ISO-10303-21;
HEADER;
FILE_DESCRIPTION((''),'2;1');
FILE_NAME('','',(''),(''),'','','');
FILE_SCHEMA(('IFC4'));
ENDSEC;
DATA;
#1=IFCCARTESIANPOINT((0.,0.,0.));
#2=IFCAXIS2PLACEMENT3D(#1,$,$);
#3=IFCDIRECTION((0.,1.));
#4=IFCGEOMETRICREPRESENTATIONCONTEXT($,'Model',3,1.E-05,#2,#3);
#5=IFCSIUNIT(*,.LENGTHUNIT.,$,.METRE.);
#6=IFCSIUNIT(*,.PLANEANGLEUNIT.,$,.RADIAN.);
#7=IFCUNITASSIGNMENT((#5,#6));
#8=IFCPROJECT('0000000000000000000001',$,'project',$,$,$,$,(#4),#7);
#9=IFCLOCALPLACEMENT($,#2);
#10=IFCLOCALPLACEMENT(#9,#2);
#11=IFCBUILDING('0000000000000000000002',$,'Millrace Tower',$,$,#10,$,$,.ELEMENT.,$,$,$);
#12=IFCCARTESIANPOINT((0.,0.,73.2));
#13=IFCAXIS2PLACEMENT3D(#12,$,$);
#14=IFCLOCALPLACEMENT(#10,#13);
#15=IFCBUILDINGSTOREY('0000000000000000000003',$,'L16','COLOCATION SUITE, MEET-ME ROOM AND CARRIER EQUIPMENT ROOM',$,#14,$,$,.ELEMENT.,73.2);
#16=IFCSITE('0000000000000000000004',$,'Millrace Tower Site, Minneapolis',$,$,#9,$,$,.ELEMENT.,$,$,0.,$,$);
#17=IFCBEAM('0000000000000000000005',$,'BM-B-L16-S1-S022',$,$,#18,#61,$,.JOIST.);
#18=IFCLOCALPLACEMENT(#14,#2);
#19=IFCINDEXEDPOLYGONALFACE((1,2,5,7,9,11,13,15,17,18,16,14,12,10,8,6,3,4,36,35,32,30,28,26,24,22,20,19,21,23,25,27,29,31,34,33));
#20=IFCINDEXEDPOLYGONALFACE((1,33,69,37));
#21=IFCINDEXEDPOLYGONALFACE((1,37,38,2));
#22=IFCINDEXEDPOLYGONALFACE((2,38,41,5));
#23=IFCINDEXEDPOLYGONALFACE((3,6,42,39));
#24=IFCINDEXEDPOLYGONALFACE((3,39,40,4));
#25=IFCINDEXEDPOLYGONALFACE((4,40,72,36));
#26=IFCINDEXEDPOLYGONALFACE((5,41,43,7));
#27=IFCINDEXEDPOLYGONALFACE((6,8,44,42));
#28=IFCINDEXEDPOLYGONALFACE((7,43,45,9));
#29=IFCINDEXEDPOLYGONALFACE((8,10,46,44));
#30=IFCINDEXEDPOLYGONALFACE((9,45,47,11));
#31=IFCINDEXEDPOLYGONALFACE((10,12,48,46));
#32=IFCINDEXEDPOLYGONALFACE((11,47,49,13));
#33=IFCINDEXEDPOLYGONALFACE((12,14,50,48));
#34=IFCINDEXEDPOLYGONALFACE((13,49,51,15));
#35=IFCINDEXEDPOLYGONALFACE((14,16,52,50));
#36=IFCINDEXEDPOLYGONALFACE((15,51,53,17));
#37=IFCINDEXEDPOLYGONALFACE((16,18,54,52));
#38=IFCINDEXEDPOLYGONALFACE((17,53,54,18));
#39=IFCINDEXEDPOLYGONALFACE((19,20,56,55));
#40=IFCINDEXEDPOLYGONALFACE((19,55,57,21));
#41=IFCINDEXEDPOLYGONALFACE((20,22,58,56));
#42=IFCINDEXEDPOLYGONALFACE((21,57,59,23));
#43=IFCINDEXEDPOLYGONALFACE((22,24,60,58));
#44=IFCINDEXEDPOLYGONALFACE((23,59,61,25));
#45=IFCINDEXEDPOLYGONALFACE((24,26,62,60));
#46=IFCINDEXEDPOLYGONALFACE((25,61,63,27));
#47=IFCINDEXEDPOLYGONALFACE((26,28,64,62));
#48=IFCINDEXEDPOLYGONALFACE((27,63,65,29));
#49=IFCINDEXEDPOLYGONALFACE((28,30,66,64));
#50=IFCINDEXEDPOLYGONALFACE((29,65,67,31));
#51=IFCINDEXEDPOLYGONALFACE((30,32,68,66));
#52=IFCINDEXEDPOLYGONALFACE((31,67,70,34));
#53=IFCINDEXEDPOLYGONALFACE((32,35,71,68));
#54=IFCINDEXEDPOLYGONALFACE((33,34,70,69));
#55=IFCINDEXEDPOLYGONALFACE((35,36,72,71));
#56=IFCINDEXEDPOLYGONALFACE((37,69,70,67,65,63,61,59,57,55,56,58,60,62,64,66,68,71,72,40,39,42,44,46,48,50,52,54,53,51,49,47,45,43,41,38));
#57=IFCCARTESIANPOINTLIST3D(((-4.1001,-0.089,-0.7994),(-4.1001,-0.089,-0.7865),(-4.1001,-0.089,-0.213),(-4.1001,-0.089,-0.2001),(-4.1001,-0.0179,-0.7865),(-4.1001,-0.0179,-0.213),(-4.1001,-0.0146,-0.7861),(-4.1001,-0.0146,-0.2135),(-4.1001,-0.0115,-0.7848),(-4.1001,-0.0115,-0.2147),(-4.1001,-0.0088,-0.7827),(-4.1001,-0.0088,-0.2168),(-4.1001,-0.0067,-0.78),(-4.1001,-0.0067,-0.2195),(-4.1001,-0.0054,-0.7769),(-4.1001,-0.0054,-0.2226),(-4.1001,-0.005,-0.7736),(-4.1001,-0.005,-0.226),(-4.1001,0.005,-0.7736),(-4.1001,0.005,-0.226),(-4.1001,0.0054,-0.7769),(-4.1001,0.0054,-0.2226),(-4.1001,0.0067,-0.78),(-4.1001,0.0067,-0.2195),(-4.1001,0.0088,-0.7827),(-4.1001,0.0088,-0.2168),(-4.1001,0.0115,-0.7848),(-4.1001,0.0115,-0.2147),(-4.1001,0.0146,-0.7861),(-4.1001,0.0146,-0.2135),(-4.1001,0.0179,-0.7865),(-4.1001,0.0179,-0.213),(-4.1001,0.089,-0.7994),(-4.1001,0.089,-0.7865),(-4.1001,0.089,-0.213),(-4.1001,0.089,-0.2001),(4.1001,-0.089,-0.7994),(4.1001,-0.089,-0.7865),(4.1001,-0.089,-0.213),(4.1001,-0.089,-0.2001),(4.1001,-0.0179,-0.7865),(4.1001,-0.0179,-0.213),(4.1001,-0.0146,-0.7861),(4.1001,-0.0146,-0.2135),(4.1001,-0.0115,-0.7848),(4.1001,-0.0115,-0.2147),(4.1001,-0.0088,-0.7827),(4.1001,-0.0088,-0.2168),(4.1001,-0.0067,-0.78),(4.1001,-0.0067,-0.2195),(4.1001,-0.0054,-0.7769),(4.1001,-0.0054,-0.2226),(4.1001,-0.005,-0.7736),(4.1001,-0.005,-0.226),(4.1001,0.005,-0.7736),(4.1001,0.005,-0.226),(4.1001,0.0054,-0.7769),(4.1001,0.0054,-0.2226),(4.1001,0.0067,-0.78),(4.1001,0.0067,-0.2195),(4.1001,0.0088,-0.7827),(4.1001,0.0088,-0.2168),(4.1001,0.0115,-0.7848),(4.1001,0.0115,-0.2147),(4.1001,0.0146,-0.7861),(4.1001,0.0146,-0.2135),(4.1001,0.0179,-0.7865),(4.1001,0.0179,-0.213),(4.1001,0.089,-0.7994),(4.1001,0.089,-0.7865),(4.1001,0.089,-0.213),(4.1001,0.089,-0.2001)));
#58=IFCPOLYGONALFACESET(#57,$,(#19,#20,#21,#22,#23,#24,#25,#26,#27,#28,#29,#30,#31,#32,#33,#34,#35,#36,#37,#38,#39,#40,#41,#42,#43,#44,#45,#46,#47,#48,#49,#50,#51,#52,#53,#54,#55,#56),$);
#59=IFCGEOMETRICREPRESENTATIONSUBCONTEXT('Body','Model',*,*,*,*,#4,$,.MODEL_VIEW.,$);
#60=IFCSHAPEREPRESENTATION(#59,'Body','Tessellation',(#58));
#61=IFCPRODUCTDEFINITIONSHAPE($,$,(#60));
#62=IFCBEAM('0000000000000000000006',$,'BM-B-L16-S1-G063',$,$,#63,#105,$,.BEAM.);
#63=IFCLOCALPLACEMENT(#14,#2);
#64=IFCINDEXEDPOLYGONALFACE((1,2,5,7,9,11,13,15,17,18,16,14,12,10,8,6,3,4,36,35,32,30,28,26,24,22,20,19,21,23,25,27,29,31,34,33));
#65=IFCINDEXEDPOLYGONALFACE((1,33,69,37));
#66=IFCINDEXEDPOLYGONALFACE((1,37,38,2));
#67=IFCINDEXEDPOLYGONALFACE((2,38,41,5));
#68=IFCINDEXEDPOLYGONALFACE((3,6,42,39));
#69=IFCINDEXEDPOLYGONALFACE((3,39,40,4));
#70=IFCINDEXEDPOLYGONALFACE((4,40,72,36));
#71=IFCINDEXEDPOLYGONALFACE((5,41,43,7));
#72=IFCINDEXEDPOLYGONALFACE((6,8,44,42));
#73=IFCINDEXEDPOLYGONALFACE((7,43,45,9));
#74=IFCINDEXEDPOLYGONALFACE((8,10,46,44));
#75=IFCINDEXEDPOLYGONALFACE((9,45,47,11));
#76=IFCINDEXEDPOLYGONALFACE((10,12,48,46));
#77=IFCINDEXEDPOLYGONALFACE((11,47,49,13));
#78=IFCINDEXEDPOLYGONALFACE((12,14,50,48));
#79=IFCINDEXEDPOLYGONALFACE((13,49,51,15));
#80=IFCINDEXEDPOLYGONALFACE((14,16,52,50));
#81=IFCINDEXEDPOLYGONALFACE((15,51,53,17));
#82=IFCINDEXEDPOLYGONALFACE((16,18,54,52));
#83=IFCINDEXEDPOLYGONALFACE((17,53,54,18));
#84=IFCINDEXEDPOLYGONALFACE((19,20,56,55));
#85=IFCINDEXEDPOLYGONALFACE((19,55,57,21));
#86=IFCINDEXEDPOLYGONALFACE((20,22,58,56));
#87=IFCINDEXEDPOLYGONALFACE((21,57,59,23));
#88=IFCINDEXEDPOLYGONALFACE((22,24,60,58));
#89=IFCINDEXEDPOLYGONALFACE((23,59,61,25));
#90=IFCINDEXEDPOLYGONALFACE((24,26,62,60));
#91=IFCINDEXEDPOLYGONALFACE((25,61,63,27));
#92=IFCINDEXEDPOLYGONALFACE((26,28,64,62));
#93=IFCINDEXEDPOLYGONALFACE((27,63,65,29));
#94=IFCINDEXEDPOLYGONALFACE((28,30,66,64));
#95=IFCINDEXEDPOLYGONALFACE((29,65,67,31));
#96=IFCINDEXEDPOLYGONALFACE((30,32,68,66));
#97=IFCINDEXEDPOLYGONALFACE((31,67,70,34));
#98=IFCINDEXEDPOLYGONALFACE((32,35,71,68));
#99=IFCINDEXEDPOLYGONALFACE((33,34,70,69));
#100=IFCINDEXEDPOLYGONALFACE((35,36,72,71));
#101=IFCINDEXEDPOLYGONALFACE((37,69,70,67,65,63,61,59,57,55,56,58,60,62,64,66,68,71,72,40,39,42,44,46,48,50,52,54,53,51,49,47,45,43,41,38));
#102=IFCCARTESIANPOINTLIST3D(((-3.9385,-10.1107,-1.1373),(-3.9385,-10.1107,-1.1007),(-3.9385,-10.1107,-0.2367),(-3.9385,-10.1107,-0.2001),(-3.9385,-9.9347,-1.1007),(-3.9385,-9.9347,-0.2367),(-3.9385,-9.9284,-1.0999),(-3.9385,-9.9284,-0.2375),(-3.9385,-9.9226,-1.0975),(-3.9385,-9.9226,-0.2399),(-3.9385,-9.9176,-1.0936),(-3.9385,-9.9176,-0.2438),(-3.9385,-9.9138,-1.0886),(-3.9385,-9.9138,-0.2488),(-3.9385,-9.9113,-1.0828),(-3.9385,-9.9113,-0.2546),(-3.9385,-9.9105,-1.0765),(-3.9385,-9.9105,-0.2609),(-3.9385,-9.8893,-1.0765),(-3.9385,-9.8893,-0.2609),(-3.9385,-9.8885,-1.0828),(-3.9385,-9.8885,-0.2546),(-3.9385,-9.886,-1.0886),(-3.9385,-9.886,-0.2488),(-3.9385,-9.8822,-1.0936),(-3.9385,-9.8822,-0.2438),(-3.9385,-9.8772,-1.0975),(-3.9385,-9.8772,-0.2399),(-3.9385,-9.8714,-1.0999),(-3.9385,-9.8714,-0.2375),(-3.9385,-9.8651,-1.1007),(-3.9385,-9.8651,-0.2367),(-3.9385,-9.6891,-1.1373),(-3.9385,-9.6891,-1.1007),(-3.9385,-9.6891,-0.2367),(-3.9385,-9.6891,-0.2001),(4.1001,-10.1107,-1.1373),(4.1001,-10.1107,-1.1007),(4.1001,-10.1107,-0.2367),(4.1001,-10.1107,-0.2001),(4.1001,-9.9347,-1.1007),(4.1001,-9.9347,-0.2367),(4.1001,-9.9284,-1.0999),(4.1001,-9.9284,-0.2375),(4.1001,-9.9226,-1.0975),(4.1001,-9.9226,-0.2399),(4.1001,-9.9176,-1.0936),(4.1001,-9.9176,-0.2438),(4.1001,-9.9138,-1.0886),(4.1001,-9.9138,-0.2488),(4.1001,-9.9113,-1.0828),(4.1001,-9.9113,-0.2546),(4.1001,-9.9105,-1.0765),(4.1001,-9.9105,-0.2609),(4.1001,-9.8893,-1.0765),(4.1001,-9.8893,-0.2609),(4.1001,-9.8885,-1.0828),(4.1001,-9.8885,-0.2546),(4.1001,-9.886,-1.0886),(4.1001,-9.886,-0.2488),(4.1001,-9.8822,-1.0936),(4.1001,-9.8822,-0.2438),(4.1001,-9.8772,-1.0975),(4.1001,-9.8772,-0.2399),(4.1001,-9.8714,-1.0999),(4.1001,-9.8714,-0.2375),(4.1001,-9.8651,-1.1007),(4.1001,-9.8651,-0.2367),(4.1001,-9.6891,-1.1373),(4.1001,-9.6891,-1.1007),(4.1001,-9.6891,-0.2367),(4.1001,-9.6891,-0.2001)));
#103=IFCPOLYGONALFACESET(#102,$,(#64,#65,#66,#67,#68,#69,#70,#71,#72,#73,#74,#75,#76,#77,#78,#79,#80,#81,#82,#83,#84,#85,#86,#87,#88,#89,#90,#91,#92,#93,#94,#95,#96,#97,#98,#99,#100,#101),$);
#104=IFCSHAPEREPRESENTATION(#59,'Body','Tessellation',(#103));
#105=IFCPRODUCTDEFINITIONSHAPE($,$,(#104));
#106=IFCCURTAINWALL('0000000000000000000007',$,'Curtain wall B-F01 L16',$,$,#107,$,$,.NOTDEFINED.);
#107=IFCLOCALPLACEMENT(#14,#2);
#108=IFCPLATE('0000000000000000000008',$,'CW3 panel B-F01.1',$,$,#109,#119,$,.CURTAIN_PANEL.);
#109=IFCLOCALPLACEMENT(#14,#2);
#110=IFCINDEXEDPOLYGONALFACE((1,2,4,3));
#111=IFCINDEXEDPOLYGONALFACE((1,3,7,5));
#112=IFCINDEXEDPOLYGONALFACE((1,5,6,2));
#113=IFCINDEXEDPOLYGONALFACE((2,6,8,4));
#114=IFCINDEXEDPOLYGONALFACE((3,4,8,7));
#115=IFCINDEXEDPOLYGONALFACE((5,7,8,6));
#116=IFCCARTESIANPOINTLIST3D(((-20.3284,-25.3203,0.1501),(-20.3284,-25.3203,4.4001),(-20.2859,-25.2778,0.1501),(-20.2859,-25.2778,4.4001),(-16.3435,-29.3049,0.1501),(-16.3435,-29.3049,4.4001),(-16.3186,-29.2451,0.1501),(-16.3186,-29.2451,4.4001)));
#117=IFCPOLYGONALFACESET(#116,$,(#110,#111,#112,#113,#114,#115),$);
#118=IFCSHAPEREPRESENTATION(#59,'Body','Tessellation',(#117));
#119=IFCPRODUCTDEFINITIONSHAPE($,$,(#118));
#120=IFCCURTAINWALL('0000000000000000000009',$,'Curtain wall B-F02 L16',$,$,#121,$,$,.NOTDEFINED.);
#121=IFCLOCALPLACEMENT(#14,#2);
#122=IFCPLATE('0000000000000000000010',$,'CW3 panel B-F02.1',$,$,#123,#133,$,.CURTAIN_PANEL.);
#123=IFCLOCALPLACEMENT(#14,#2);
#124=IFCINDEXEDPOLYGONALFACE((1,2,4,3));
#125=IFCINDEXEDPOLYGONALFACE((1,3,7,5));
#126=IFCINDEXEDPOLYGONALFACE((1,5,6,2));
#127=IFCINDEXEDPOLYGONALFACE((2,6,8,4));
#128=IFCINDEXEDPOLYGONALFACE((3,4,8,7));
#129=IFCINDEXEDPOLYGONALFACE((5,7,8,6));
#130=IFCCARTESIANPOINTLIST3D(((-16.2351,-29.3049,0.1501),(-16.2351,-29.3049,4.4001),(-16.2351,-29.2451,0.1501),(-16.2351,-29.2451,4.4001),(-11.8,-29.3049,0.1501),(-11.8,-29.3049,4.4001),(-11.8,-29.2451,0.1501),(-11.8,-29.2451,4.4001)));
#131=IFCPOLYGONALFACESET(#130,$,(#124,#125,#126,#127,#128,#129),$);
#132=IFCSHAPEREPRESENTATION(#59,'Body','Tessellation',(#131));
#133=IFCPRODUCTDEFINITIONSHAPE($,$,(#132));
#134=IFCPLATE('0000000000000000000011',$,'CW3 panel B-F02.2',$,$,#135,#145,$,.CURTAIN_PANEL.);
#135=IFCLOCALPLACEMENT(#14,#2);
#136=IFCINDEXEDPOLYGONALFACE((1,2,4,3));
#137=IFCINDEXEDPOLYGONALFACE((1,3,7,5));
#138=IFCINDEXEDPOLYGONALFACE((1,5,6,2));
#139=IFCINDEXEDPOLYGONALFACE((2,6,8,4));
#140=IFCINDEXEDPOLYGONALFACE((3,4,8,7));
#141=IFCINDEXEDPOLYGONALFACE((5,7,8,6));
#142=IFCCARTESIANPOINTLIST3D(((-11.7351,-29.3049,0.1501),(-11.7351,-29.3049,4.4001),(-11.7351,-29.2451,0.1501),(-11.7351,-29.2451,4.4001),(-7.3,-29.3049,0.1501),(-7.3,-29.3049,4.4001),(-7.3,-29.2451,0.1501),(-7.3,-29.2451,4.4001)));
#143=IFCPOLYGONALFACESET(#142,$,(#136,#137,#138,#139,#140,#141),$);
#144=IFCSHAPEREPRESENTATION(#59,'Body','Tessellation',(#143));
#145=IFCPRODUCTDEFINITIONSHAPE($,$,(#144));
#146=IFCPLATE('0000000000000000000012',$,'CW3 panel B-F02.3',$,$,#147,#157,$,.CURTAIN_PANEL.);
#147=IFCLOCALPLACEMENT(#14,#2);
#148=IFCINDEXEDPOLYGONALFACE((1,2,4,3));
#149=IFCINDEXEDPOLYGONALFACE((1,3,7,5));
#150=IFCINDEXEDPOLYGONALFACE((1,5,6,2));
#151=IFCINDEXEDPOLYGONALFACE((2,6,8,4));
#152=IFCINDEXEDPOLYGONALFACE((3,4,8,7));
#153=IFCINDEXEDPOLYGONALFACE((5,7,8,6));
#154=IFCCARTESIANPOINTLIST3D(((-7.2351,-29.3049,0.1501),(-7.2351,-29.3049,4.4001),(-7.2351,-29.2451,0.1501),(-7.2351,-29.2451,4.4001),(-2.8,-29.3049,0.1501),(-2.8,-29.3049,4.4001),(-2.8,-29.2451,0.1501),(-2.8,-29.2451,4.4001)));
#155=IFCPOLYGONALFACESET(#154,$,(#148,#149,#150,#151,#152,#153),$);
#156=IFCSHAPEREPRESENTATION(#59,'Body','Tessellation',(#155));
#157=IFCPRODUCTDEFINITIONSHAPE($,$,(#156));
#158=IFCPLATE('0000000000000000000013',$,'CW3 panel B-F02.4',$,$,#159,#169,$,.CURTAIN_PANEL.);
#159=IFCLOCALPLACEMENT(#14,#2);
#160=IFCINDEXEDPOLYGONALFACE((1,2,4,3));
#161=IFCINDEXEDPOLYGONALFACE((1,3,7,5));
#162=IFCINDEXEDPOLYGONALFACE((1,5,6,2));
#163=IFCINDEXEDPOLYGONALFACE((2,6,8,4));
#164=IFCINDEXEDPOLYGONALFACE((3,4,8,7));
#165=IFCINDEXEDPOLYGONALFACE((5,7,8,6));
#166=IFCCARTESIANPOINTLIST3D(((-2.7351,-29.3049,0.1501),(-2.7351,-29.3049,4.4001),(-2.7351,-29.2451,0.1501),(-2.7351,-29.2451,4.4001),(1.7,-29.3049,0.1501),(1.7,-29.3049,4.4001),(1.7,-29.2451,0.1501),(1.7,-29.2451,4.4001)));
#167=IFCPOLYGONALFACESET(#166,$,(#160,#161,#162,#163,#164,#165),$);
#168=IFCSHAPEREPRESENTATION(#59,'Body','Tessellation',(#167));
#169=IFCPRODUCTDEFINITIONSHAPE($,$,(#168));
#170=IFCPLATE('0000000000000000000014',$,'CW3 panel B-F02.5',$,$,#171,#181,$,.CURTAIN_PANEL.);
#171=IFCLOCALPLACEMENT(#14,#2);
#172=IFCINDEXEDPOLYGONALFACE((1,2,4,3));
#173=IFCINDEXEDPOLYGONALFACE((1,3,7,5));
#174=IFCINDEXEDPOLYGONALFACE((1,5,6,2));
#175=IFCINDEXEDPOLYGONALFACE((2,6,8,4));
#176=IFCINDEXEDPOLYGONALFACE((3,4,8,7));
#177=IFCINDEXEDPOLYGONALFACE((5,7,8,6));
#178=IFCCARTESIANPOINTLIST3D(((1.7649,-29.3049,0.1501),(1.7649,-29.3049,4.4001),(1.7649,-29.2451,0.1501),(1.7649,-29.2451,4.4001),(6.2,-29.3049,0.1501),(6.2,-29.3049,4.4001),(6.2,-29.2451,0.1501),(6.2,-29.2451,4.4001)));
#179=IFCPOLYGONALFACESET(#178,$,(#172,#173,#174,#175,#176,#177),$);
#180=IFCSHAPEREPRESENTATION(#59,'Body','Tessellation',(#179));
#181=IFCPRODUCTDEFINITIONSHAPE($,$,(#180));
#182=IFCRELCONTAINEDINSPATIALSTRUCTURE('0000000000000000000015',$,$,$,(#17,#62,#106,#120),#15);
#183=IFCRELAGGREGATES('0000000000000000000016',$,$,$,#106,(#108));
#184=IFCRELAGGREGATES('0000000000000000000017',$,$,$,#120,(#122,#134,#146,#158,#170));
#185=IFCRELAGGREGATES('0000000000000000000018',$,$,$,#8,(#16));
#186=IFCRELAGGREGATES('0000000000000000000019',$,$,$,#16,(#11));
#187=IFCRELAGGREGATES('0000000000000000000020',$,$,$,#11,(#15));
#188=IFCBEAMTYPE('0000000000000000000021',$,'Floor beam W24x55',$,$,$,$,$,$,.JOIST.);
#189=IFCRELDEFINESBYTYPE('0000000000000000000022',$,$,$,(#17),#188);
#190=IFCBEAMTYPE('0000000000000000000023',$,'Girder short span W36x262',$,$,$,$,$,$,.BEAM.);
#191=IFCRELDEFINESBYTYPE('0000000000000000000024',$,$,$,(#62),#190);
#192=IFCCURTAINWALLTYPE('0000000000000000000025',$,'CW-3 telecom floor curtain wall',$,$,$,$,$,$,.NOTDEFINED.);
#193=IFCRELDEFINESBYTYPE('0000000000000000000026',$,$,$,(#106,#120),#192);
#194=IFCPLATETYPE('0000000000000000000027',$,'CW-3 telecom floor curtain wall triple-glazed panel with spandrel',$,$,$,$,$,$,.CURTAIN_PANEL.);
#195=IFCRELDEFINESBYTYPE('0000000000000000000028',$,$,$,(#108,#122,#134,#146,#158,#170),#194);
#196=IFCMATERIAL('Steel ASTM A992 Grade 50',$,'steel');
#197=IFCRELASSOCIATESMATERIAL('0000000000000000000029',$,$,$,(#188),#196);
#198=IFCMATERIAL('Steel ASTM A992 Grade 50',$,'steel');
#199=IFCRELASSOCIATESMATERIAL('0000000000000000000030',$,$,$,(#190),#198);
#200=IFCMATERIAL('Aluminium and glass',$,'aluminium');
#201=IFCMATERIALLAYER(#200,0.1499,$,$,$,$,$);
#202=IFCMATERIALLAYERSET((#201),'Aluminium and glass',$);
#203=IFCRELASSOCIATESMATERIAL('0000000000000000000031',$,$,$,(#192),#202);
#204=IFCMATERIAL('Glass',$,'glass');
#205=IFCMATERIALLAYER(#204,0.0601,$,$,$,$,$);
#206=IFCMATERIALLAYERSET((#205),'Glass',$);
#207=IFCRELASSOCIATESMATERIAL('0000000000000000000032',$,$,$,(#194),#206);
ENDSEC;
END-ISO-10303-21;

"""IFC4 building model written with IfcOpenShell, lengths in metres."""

from ifc_helpers import new_model, si_unit, direction, frame, origin, origin_2d, place, context, subcontext, project, spatial, polyline, i_section, outline, extrude, material, layer, layer_set, material_profile, profile_set, type_object, element, aggregate, save


model = new_model("IFC4")

# Units and contexts
model_context = context("Model", 3, precision=1e-05, world=origin(), true_north=direction((0.0, 1.0)))
body_context = subcontext(model_context, "Body", "Model", "MODEL_VIEW")
ifc_project = project(units=[si_unit("LENGTHUNIT", "METRE"), si_unit("PLANEANGLEUNIT", "RADIAN")], contexts=[model_context])

# Site, building, storey
site_placement = place(None, origin())
site = spatial("IfcSite", under=ifc_project, at=site_placement, Name="Millrace Tower Site, Minneapolis", CompositionType="ELEMENT", RefElevation=0.0)
building_placement = place(site_placement, origin())
building = spatial("IfcBuilding", under=site, at=building_placement, Name="Millrace Tower", CompositionType="ELEMENT")
storey_placement = place(building_placement, frame((0.0, 0.0, 73.2)))
storey = spatial("IfcBuildingStorey", under=building, at=storey_placement, Name="L16", Description="COLOCATION SUITE, MEET-ME ROOM AND CARRIER EQUIPMENT ROOM", CompositionType="ELEMENT", Elevation=73.2)

# Beams
ifc_material_1 = material(Name="Steel ASTM A992 Grade 50", Category="steel")
ifc_material_profile_1 = material_profile(ifc_material_1, i_section(OverallWidth=0.178, OverallDepth=0.5994, WebThickness=0.01, FlangeThickness=0.0129, FilletRadius=0.0129, at=origin_2d()))
ifc_profile_set_1 = profile_set([ifc_material_profile_1], Name="Steel ASTM A992 Grade 50")
beam_type_1 = type_object("IfcBeamType", Name="Floor beam W24x55", PredefinedType="JOIST", material=ifc_profile_set_1)
for number, where, z_axis, x_axis, name in (
    (1, (-4.1001, 0.0, -0.4998), (1.0, 0.0, 0.0), (0.0, 1.0, 0.0), "BM-B-L16-S1-S022"),
):
    element("IfcBeam", number, at=place(storey_placement, frame(where, z_axis=z_axis, x_axis=x_axis)), inside=storey, type_object=beam_type_1, Name=name, PredefinedType="JOIST", context=body_context, shape_type="SweptSolid", body=[
        extrude(i_section(OverallWidth=0.178, OverallDepth=0.5994, WebThickness=0.01, FlangeThickness=0.0129, FilletRadius=0.0129, at=origin_2d()), origin(), (0.0, 0.0, 1.0), 8.2002),
    ])
ifc_material_2 = material(Name="Steel ASTM A992 Grade 50", Category="steel")
ifc_material_profile_2 = material_profile(ifc_material_2, i_section(OverallWidth=0.4216, OverallDepth=0.9373, WebThickness=0.0212, FlangeThickness=0.0366, FilletRadius=0.0242, at=origin_2d()))
ifc_profile_set_2 = profile_set([ifc_material_profile_2], Name="Steel ASTM A992 Grade 50")
beam_type_2 = type_object("IfcBeamType", Name="Girder short span W36x262", PredefinedType="BEAM", material=ifc_profile_set_2)
beam_1_placement = place(storey_placement, frame((-3.9385, -9.8999, -0.6687), z_axis=(1.0, 0.0, 0.0), x_axis=(0.0, 1.0, 0.0)))
element("IfcBeam", 2, at=beam_1_placement, inside=storey, type_object=beam_type_2, Name="BM-B-L16-S1-G063", PredefinedType="BEAM", context=body_context, shape_type="SweptSolid", body=[
    extrude(i_section(OverallWidth=0.4216, OverallDepth=0.9373, WebThickness=0.0212, FlangeThickness=0.0366, FilletRadius=0.0242, at=origin_2d()), origin(), (0.0, 0.0, 1.0), 8.0386),
])

# Curtain wall, plate
ifc_material_3 = material(Name="Aluminium and glass", Category="aluminium")
ifc_layer_1 = layer(ifc_material_3, 0.1499)
ifc_layer_set_1 = layer_set([ifc_layer_1], Name="Aluminium and glass")
curtain_wall_type = type_object("IfcCurtainWallType", Name="CW-3 telecom floor curtain wall", PredefinedType="NOTDEFINED", material=ifc_layer_set_1)
placement_1 = place(storey_placement, origin())
curtain_wall_1 = element("IfcCurtainWall", 3, at=placement_1, inside=storey, type_object=curtain_wall_type, Name="Curtain wall B-F01 L16", PredefinedType="NOTDEFINED")
ifc_material_4 = material(Name="Glass", Category="glass")
ifc_layer_2 = layer(ifc_material_4, 0.0601)
ifc_layer_set_2 = layer_set([ifc_layer_2], Name="Glass")
plate_type = type_object("IfcPlateType", Name="CW-3 telecom floor curtain wall triple-glazed panel with spandrel", PredefinedType="CURTAIN_PANEL", material=ifc_layer_set_2)
placement_2 = place(storey_placement, frame((0.0, 0.0, 0.1501)))
plate_1 = element("IfcPlate", 4, at=placement_2, type_object=plate_type, Name="CW3 panel B-F01.1", PredefinedType="CURTAIN_PANEL", context=body_context, shape_type="SweptSolid", body=[
    extrude(outline(polyline([(-20.3284, -25.3203), (-16.3435, -29.3049), (-16.3186, -29.2451), (-20.2859, -25.2778), (-20.3284, -25.3203)])), origin(), (0.0, 0.0, 1.0), 4.25),
])
aggregate(curtain_wall_1, [plate_1])

# Curtain wall, plates
curtain_wall_2 = element("IfcCurtainWall", 5, at=placement_1, inside=storey, type_object=curtain_wall_type, Name="Curtain wall B-F02 L16", PredefinedType="NOTDEFINED")
plate_2 = element("IfcPlate", 6, at=placement_2, type_object=plate_type, Name="CW3 panel B-F02.1", PredefinedType="CURTAIN_PANEL", context=body_context, shape_type="SweptSolid", body=[
    extrude(outline(polyline([(-16.2351, -29.3049), (-11.8, -29.3049), (-11.8, -29.2451), (-16.2351, -29.2451), (-16.2351, -29.3049)])), origin(), (0.0, 0.0, 1.0), 4.25),
])
plate_3 = element("IfcPlate", 7, at=placement_2, type_object=plate_type, Name="CW3 panel B-F02.2", PredefinedType="CURTAIN_PANEL", context=body_context, shape_type="SweptSolid", body=[
    extrude(outline(polyline([(-11.7351, -29.3049), (-7.3, -29.3049), (-7.3, -29.2451), (-11.7351, -29.2451), (-11.7351, -29.3049)])), origin(), (0.0, 0.0, 1.0), 4.25),
])
plate_4 = element("IfcPlate", 8, at=placement_2, type_object=plate_type, Name="CW3 panel B-F02.3", PredefinedType="CURTAIN_PANEL", context=body_context, shape_type="SweptSolid", body=[
    extrude(outline(polyline([(-7.2351, -29.3049), (-2.8, -29.3049), (-2.8, -29.2451), (-7.2351, -29.2451), (-7.2351, -29.3049)])), origin(), (0.0, 0.0, 1.0), 4.25),
])
plate_5 = element("IfcPlate", 9, at=placement_2, type_object=plate_type, Name="CW3 panel B-F02.4", PredefinedType="CURTAIN_PANEL", context=body_context, shape_type="SweptSolid", body=[
    extrude(outline(polyline([(-2.7351, -29.3049), (1.7, -29.3049), (1.7, -29.2451), (-2.7351, -29.2451), (-2.7351, -29.3049)])), origin(), (0.0, 0.0, 1.0), 4.25),
])
plate_6 = element("IfcPlate", 10, at=placement_2, type_object=plate_type, Name="CW3 panel B-F02.5", PredefinedType="CURTAIN_PANEL", context=body_context, shape_type="SweptSolid", body=[
    extrude(outline(polyline([(1.7649, -29.3049), (6.2, -29.3049), (6.2, -29.2451), (1.7649, -29.2451), (1.7649, -29.3049)])), origin(), (0.0, 0.0, 1.0), 4.25),
])
aggregate(curtain_wall_2, [plate_2, plate_3, plate_4, plate_5, plate_6])

save(model, "model.ifc")
